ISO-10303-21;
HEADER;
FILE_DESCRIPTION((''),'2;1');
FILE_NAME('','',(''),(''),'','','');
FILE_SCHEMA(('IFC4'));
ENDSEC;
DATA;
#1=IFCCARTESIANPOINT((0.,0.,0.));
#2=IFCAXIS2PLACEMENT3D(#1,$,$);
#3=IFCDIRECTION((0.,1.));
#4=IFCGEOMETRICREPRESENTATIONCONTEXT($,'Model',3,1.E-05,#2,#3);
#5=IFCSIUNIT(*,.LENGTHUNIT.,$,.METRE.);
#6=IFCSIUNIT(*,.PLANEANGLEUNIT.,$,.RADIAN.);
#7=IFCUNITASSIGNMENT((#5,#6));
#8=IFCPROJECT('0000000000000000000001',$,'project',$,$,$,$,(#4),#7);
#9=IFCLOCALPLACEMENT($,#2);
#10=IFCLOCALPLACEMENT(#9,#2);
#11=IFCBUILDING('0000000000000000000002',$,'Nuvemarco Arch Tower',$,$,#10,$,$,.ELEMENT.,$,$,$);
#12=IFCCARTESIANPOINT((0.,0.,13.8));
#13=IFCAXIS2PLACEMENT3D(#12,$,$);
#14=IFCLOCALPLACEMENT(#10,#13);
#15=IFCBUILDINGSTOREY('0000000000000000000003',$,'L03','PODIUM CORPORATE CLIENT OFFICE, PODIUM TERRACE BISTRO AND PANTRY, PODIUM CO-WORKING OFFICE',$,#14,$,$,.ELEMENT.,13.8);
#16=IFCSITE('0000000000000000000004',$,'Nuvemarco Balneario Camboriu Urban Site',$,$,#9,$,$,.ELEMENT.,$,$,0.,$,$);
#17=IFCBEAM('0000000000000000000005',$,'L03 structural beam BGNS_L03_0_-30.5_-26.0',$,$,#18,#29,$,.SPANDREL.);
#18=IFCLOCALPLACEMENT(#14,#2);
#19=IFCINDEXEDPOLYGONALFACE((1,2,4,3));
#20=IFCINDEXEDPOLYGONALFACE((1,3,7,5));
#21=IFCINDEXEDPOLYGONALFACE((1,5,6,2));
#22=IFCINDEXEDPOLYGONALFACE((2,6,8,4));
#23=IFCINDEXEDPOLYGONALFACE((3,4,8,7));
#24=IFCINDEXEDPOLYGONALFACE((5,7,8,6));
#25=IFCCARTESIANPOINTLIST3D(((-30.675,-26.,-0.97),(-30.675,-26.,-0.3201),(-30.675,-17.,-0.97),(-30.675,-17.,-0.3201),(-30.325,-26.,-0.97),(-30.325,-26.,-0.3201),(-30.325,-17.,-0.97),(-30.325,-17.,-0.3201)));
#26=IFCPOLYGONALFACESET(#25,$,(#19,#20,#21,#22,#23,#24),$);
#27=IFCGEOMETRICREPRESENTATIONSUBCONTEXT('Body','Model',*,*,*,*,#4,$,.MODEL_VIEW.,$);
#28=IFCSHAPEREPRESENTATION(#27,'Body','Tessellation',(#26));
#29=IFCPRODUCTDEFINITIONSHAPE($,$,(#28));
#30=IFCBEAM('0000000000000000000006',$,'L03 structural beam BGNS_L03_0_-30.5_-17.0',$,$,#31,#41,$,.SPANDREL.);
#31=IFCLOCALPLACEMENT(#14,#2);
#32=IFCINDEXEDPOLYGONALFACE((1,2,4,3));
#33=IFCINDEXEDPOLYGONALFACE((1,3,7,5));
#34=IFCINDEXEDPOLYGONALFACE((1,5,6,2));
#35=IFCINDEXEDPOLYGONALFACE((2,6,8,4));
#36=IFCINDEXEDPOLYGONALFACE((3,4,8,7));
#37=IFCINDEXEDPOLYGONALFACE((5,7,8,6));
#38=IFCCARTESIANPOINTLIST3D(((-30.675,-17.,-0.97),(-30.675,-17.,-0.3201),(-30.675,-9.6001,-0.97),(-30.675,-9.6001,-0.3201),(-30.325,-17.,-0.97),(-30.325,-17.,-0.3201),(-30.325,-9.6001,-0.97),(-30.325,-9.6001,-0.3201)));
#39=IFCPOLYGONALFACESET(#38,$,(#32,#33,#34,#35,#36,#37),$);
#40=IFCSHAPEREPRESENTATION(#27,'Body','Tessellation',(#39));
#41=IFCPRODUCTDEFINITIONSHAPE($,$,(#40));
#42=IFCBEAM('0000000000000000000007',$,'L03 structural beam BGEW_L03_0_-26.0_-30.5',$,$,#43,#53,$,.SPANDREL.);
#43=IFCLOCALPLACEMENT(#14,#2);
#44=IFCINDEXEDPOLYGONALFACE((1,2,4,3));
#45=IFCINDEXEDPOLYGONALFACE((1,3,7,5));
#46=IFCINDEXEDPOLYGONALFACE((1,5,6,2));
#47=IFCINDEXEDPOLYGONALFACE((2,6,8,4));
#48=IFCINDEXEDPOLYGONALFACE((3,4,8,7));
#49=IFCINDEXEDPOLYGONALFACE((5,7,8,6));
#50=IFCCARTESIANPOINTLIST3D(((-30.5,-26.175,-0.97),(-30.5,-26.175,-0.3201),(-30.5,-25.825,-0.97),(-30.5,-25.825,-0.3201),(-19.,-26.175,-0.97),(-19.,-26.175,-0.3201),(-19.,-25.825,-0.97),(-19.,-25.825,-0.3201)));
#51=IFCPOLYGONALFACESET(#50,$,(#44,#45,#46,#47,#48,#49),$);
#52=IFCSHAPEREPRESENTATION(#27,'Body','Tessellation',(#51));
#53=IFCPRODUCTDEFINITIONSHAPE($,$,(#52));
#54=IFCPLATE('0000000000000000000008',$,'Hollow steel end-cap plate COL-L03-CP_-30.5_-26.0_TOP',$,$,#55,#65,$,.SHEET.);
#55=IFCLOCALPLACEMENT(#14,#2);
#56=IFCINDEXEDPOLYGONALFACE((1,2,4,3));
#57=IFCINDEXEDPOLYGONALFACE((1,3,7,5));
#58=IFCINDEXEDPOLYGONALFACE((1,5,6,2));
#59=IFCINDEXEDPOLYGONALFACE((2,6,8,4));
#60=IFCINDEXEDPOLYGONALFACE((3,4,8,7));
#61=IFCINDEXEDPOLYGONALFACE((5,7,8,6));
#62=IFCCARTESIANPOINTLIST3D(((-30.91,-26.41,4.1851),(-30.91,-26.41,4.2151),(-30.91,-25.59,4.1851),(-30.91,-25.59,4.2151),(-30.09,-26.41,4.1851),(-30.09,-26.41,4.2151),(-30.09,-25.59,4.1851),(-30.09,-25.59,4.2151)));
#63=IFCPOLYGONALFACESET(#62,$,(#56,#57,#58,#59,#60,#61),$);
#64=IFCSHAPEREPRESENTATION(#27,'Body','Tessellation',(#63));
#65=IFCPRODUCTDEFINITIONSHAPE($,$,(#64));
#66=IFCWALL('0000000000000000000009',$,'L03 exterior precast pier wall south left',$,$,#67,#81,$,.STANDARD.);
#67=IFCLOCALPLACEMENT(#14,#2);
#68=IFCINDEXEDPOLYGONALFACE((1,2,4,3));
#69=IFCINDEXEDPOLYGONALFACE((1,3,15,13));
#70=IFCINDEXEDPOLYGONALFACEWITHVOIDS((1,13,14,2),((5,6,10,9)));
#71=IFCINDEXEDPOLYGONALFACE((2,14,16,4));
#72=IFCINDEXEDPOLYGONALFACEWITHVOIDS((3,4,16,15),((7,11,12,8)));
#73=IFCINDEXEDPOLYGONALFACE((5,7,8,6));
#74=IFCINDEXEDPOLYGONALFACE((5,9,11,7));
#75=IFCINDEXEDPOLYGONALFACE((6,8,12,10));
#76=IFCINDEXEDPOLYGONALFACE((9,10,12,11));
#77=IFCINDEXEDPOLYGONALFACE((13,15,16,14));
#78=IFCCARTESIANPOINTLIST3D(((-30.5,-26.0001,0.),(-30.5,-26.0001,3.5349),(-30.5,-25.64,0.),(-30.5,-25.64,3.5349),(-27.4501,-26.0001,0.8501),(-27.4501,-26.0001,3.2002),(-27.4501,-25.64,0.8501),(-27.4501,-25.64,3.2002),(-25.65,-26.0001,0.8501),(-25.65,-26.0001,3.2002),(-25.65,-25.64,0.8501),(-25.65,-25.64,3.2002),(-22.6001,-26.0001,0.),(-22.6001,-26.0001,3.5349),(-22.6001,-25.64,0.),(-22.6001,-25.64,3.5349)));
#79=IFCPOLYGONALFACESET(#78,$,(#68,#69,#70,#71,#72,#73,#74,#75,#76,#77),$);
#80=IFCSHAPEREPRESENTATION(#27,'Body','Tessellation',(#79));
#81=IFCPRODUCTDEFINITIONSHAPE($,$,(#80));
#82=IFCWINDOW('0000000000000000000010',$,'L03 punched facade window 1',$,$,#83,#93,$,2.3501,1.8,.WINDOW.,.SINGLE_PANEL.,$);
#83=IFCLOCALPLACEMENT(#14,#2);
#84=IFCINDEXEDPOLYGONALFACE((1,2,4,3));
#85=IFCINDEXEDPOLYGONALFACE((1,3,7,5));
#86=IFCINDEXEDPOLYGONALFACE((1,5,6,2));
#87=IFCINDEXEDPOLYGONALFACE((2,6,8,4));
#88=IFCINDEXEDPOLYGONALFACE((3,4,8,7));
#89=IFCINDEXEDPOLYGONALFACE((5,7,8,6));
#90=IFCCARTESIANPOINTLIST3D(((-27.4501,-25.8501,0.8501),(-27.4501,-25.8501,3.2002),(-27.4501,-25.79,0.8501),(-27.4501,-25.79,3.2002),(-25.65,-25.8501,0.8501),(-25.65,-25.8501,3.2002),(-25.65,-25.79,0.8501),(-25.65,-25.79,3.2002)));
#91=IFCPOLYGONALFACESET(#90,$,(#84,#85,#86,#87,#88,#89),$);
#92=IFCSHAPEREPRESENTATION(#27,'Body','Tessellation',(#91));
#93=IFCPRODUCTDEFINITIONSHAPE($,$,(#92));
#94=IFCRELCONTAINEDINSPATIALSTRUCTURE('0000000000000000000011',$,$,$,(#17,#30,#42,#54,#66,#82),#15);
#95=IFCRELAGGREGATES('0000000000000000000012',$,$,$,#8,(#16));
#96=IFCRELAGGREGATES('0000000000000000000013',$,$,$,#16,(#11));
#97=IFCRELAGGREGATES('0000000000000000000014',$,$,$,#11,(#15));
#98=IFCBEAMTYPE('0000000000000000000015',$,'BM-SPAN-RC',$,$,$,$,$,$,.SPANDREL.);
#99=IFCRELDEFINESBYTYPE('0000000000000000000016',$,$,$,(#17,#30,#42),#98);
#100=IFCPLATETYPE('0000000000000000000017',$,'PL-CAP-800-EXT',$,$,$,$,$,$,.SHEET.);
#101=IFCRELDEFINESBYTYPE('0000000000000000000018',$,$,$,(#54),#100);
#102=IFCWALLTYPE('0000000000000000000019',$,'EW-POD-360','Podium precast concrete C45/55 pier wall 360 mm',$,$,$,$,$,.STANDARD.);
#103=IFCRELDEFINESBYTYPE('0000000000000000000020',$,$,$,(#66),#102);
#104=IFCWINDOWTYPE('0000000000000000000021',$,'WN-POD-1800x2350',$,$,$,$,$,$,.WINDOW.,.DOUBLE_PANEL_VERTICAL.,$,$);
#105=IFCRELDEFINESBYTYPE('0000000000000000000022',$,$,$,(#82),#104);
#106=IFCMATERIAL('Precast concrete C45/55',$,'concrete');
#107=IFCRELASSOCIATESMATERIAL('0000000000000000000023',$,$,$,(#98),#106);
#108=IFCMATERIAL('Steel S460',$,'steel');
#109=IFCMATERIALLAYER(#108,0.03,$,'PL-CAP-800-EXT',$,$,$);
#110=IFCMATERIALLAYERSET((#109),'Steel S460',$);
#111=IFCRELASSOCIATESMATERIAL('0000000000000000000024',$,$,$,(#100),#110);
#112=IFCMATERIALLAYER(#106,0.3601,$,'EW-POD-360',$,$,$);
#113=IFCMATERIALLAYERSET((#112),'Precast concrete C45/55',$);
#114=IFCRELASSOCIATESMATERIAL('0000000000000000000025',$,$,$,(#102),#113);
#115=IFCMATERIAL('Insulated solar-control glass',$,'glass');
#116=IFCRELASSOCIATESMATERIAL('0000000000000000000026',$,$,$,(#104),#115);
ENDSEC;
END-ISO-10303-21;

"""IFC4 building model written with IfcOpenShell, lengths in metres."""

from ifc_helpers import new_model, si_unit, direction, frame, frame_2d, origin, origin_2d, place, context, subcontext, project, spatial, rectangle, extrude, source, transform, mapped, material, layer, layer_set, material_profile, profile_set, type_object, type_shapes, element, fill, save


model = new_model("IFC4")

# Units and contexts
model_context = context("Model", 3, precision=1e-05, world=origin(), true_north=direction((0.0, 1.0)))
body_context = subcontext(model_context, "Body", "Model", "MODEL_VIEW")
ifc_project = project(units=[si_unit("LENGTHUNIT", "METRE"), si_unit("PLANEANGLEUNIT", "RADIAN")], contexts=[model_context])

# Site, building, storey
site_placement = place(None, origin())
site = spatial("IfcSite", under=ifc_project, at=site_placement, Name="Nuvemarco Balneario Camboriu Urban Site", CompositionType="ELEMENT", RefElevation=0.0)
building_placement = place(site_placement, origin())
building = spatial("IfcBuilding", under=site, at=building_placement, Name="Nuvemarco Arch Tower", CompositionType="ELEMENT")
storey_placement = place(building_placement, frame((0.0, 0.0, 13.8)))
storey = spatial("IfcBuildingStorey", under=building, at=storey_placement, Name="L03", Description="PODIUM CORPORATE CLIENT OFFICE, PODIUM TERRACE BISTRO AND PANTRY, PODIUM CO-WORKING OFFICE", CompositionType="ELEMENT", Elevation=13.8)

# Shared definitions
ifc_material_1 = material(Name="Steel S460", Category="steel")

# Beams
ifc_material_2 = material(Name="Precast concrete C45/55", Category="concrete")
ifc_material_profile_1 = material_profile(ifc_material_2, rectangle(XDim=0.3501, YDim=0.6499, at=origin_2d()), Name="PC-SP-350x650")
ifc_profile_set_1 = profile_set([ifc_material_profile_1], Name="Precast concrete C45/55")
beam_type_1 = type_object("IfcBeamType", Name="BM-SPAN-RC", PredefinedType="SPANDREL", material=ifc_profile_set_1)
beam_1_placement = place(storey_placement, frame((-30.5, -26.0, -0.645), z_axis=(0.0, 1.0, 0.0), x_axis=(-1.0, 0.0, 0.0)))
element("IfcBeam", 1, at=beam_1_placement, inside=storey, type_object=beam_type_1, Name="L03 structural beam BGNS_L03_0_-30.5_-26.0", PredefinedType="SPANDREL", context=body_context, shape_type="SweptSolid", body=[
    extrude(rectangle(XDim=0.3501, YDim=0.6499, at=origin_2d()), origin(), (0.0, 0.0, 1.0), 9.0),
])
beam_2_placement = place(storey_placement, frame((-30.5, -17.0, -0.645), z_axis=(0.0, 1.0, 0.0), x_axis=(-1.0, 0.0, 0.0)))
element("IfcBeam", 2, at=beam_2_placement, inside=storey, type_object=beam_type_1, Name="L03 structural beam BGNS_L03_0_-30.5_-17.0", PredefinedType="SPANDREL", context=body_context, shape_type="SweptSolid", body=[
    extrude(rectangle(XDim=0.3501, YDim=0.6499, at=origin_2d()), origin(), (0.0, 0.0, 1.0), 7.3999),
])
beam_3_placement = place(storey_placement, frame((-30.5, -26.0, -0.645), z_axis=(1.0, 0.0, 0.0), x_axis=(0.0, 1.0, 0.0)))
element("IfcBeam", 3, at=beam_3_placement, inside=storey, type_object=beam_type_1, Name="L03 structural beam BGEW_L03_0_-26.0_-30.5", PredefinedType="SPANDREL", context=body_context, shape_type="SweptSolid", body=[
    extrude(rectangle(XDim=0.3501, YDim=0.6499, at=origin_2d()), origin(), (0.0, 0.0, 1.0), 11.5),
])

# Plate
ifc_layer_1 = layer(ifc_material_1, 0.03, Name="PL-CAP-800-EXT")
ifc_layer_set_1 = layer_set([ifc_layer_1], Name="Steel S460")
plate_type = type_object("IfcPlateType", Name="PL-CAP-800-EXT", PredefinedType="SHEET", material=ifc_layer_set_1)
shared_shape_1 = source(origin(), body_context, "Body", "SweptSolid", [
    extrude(rectangle(XDim=0.8201, YDim=0.8201, at=origin_2d()), origin(), (0.0, 0.0, 1.0), 0.03),
])
type_shapes(plate_type, [shared_shape_1])
plate_placement = place(storey_placement, frame((-30.5, -26.0, 4.1851), z_axis=(0.0, 0.0, 1.0), x_axis=(1.0, 0.0, 0.0)))
element("IfcPlate", 4, at=plate_placement, inside=storey, type_object=plate_type, Name="Hollow steel end-cap plate COL-L03-CP_-30.5_-26.0_TOP", PredefinedType="SHEET", context=body_context, shape_type="MappedRepresentation", body=[
    mapped(shared_shape_1, transform((0.0, 0.0, 0.0), scale=1.0)),
])

# Wall, opening, window
ifc_layer_2 = layer(ifc_material_2, 0.3601, Name="EW-POD-360")
ifc_layer_set_2 = layer_set([ifc_layer_2], Name="Precast concrete C45/55")
wall_type = type_object("IfcWallType", Name="EW-POD-360", Description="Podium precast concrete C45/55 pier wall 360 mm", PredefinedType="STANDARD", material=ifc_layer_set_2)
wall_placement = place(storey_placement, frame((-30.5, -25.8201, 0.0), z_axis=(0.0, 0.0, 1.0), x_axis=(1.0, 0.0, 0.0)))
wall = element("IfcWall", 5, at=wall_placement, inside=storey, type_object=wall_type, Name="L03 exterior precast pier wall south left", PredefinedType="STANDARD", context=body_context, shape_type="SweptSolid", body=[
    extrude(rectangle(XDim=7.8999, YDim=0.3601, at=frame_2d((3.95, 0.0))), origin(), (0.0, 0.0, 1.0), 3.5349),
])
opening_placement = place(wall_placement, frame((3.05, 0.0, 0.8501)))
opening = element("IfcOpeningElement", 6, at=opening_placement, cuts=wall, PredefinedType="OPENING", context=body_context, shape_type="SweptSolid", body=[
    extrude(rectangle(XDim=1.8, YDim=2.3501, at=frame_2d((0.8999, 1.175))), frame((0.0, 0.1899, 0.0), z_axis=(0.0, -1.0, 0.0), x_axis=(1.0, 0.0, 0.0)), (0.0, 0.0, 1.0), 0.3801),
])
ifc_material_3 = material(Name="Insulated solar-control glass", Category="glass")
window_type = type_object("IfcWindowType", Name="WN-POD-1800x2350", PartitioningType="DOUBLE_PANEL_VERTICAL", PredefinedType="WINDOW", material=ifc_material_3)
shared_shape_2 = source(origin(), body_context, "Body", "SweptSolid", [
    extrude(rectangle(XDim=1.8, YDim=2.3501, at=frame_2d((0.8999, 1.175))), frame((0.0, 0.03, 0.0), z_axis=(0.0, -1.0, 0.0), x_axis=(1.0, 0.0, 0.0)), (0.0, 0.0, 1.0), 0.0601),
])
type_shapes(window_type, [shared_shape_2])
window_placement = place(opening_placement, origin())
window = element("IfcWindow", 7, at=window_placement, inside=storey, type_object=window_type, Name="L03 punched facade window 1", OverallHeight=2.3501, OverallWidth=1.8, PartitioningType="SINGLE_PANEL", PredefinedType="WINDOW", context=body_context, shape_type="MappedRepresentation", body=[
    mapped(shared_shape_2, transform((0.0, 0.0, 0.0), scale=1.0)),
])
fill(opening, window)

save(model, "model.ifc")
